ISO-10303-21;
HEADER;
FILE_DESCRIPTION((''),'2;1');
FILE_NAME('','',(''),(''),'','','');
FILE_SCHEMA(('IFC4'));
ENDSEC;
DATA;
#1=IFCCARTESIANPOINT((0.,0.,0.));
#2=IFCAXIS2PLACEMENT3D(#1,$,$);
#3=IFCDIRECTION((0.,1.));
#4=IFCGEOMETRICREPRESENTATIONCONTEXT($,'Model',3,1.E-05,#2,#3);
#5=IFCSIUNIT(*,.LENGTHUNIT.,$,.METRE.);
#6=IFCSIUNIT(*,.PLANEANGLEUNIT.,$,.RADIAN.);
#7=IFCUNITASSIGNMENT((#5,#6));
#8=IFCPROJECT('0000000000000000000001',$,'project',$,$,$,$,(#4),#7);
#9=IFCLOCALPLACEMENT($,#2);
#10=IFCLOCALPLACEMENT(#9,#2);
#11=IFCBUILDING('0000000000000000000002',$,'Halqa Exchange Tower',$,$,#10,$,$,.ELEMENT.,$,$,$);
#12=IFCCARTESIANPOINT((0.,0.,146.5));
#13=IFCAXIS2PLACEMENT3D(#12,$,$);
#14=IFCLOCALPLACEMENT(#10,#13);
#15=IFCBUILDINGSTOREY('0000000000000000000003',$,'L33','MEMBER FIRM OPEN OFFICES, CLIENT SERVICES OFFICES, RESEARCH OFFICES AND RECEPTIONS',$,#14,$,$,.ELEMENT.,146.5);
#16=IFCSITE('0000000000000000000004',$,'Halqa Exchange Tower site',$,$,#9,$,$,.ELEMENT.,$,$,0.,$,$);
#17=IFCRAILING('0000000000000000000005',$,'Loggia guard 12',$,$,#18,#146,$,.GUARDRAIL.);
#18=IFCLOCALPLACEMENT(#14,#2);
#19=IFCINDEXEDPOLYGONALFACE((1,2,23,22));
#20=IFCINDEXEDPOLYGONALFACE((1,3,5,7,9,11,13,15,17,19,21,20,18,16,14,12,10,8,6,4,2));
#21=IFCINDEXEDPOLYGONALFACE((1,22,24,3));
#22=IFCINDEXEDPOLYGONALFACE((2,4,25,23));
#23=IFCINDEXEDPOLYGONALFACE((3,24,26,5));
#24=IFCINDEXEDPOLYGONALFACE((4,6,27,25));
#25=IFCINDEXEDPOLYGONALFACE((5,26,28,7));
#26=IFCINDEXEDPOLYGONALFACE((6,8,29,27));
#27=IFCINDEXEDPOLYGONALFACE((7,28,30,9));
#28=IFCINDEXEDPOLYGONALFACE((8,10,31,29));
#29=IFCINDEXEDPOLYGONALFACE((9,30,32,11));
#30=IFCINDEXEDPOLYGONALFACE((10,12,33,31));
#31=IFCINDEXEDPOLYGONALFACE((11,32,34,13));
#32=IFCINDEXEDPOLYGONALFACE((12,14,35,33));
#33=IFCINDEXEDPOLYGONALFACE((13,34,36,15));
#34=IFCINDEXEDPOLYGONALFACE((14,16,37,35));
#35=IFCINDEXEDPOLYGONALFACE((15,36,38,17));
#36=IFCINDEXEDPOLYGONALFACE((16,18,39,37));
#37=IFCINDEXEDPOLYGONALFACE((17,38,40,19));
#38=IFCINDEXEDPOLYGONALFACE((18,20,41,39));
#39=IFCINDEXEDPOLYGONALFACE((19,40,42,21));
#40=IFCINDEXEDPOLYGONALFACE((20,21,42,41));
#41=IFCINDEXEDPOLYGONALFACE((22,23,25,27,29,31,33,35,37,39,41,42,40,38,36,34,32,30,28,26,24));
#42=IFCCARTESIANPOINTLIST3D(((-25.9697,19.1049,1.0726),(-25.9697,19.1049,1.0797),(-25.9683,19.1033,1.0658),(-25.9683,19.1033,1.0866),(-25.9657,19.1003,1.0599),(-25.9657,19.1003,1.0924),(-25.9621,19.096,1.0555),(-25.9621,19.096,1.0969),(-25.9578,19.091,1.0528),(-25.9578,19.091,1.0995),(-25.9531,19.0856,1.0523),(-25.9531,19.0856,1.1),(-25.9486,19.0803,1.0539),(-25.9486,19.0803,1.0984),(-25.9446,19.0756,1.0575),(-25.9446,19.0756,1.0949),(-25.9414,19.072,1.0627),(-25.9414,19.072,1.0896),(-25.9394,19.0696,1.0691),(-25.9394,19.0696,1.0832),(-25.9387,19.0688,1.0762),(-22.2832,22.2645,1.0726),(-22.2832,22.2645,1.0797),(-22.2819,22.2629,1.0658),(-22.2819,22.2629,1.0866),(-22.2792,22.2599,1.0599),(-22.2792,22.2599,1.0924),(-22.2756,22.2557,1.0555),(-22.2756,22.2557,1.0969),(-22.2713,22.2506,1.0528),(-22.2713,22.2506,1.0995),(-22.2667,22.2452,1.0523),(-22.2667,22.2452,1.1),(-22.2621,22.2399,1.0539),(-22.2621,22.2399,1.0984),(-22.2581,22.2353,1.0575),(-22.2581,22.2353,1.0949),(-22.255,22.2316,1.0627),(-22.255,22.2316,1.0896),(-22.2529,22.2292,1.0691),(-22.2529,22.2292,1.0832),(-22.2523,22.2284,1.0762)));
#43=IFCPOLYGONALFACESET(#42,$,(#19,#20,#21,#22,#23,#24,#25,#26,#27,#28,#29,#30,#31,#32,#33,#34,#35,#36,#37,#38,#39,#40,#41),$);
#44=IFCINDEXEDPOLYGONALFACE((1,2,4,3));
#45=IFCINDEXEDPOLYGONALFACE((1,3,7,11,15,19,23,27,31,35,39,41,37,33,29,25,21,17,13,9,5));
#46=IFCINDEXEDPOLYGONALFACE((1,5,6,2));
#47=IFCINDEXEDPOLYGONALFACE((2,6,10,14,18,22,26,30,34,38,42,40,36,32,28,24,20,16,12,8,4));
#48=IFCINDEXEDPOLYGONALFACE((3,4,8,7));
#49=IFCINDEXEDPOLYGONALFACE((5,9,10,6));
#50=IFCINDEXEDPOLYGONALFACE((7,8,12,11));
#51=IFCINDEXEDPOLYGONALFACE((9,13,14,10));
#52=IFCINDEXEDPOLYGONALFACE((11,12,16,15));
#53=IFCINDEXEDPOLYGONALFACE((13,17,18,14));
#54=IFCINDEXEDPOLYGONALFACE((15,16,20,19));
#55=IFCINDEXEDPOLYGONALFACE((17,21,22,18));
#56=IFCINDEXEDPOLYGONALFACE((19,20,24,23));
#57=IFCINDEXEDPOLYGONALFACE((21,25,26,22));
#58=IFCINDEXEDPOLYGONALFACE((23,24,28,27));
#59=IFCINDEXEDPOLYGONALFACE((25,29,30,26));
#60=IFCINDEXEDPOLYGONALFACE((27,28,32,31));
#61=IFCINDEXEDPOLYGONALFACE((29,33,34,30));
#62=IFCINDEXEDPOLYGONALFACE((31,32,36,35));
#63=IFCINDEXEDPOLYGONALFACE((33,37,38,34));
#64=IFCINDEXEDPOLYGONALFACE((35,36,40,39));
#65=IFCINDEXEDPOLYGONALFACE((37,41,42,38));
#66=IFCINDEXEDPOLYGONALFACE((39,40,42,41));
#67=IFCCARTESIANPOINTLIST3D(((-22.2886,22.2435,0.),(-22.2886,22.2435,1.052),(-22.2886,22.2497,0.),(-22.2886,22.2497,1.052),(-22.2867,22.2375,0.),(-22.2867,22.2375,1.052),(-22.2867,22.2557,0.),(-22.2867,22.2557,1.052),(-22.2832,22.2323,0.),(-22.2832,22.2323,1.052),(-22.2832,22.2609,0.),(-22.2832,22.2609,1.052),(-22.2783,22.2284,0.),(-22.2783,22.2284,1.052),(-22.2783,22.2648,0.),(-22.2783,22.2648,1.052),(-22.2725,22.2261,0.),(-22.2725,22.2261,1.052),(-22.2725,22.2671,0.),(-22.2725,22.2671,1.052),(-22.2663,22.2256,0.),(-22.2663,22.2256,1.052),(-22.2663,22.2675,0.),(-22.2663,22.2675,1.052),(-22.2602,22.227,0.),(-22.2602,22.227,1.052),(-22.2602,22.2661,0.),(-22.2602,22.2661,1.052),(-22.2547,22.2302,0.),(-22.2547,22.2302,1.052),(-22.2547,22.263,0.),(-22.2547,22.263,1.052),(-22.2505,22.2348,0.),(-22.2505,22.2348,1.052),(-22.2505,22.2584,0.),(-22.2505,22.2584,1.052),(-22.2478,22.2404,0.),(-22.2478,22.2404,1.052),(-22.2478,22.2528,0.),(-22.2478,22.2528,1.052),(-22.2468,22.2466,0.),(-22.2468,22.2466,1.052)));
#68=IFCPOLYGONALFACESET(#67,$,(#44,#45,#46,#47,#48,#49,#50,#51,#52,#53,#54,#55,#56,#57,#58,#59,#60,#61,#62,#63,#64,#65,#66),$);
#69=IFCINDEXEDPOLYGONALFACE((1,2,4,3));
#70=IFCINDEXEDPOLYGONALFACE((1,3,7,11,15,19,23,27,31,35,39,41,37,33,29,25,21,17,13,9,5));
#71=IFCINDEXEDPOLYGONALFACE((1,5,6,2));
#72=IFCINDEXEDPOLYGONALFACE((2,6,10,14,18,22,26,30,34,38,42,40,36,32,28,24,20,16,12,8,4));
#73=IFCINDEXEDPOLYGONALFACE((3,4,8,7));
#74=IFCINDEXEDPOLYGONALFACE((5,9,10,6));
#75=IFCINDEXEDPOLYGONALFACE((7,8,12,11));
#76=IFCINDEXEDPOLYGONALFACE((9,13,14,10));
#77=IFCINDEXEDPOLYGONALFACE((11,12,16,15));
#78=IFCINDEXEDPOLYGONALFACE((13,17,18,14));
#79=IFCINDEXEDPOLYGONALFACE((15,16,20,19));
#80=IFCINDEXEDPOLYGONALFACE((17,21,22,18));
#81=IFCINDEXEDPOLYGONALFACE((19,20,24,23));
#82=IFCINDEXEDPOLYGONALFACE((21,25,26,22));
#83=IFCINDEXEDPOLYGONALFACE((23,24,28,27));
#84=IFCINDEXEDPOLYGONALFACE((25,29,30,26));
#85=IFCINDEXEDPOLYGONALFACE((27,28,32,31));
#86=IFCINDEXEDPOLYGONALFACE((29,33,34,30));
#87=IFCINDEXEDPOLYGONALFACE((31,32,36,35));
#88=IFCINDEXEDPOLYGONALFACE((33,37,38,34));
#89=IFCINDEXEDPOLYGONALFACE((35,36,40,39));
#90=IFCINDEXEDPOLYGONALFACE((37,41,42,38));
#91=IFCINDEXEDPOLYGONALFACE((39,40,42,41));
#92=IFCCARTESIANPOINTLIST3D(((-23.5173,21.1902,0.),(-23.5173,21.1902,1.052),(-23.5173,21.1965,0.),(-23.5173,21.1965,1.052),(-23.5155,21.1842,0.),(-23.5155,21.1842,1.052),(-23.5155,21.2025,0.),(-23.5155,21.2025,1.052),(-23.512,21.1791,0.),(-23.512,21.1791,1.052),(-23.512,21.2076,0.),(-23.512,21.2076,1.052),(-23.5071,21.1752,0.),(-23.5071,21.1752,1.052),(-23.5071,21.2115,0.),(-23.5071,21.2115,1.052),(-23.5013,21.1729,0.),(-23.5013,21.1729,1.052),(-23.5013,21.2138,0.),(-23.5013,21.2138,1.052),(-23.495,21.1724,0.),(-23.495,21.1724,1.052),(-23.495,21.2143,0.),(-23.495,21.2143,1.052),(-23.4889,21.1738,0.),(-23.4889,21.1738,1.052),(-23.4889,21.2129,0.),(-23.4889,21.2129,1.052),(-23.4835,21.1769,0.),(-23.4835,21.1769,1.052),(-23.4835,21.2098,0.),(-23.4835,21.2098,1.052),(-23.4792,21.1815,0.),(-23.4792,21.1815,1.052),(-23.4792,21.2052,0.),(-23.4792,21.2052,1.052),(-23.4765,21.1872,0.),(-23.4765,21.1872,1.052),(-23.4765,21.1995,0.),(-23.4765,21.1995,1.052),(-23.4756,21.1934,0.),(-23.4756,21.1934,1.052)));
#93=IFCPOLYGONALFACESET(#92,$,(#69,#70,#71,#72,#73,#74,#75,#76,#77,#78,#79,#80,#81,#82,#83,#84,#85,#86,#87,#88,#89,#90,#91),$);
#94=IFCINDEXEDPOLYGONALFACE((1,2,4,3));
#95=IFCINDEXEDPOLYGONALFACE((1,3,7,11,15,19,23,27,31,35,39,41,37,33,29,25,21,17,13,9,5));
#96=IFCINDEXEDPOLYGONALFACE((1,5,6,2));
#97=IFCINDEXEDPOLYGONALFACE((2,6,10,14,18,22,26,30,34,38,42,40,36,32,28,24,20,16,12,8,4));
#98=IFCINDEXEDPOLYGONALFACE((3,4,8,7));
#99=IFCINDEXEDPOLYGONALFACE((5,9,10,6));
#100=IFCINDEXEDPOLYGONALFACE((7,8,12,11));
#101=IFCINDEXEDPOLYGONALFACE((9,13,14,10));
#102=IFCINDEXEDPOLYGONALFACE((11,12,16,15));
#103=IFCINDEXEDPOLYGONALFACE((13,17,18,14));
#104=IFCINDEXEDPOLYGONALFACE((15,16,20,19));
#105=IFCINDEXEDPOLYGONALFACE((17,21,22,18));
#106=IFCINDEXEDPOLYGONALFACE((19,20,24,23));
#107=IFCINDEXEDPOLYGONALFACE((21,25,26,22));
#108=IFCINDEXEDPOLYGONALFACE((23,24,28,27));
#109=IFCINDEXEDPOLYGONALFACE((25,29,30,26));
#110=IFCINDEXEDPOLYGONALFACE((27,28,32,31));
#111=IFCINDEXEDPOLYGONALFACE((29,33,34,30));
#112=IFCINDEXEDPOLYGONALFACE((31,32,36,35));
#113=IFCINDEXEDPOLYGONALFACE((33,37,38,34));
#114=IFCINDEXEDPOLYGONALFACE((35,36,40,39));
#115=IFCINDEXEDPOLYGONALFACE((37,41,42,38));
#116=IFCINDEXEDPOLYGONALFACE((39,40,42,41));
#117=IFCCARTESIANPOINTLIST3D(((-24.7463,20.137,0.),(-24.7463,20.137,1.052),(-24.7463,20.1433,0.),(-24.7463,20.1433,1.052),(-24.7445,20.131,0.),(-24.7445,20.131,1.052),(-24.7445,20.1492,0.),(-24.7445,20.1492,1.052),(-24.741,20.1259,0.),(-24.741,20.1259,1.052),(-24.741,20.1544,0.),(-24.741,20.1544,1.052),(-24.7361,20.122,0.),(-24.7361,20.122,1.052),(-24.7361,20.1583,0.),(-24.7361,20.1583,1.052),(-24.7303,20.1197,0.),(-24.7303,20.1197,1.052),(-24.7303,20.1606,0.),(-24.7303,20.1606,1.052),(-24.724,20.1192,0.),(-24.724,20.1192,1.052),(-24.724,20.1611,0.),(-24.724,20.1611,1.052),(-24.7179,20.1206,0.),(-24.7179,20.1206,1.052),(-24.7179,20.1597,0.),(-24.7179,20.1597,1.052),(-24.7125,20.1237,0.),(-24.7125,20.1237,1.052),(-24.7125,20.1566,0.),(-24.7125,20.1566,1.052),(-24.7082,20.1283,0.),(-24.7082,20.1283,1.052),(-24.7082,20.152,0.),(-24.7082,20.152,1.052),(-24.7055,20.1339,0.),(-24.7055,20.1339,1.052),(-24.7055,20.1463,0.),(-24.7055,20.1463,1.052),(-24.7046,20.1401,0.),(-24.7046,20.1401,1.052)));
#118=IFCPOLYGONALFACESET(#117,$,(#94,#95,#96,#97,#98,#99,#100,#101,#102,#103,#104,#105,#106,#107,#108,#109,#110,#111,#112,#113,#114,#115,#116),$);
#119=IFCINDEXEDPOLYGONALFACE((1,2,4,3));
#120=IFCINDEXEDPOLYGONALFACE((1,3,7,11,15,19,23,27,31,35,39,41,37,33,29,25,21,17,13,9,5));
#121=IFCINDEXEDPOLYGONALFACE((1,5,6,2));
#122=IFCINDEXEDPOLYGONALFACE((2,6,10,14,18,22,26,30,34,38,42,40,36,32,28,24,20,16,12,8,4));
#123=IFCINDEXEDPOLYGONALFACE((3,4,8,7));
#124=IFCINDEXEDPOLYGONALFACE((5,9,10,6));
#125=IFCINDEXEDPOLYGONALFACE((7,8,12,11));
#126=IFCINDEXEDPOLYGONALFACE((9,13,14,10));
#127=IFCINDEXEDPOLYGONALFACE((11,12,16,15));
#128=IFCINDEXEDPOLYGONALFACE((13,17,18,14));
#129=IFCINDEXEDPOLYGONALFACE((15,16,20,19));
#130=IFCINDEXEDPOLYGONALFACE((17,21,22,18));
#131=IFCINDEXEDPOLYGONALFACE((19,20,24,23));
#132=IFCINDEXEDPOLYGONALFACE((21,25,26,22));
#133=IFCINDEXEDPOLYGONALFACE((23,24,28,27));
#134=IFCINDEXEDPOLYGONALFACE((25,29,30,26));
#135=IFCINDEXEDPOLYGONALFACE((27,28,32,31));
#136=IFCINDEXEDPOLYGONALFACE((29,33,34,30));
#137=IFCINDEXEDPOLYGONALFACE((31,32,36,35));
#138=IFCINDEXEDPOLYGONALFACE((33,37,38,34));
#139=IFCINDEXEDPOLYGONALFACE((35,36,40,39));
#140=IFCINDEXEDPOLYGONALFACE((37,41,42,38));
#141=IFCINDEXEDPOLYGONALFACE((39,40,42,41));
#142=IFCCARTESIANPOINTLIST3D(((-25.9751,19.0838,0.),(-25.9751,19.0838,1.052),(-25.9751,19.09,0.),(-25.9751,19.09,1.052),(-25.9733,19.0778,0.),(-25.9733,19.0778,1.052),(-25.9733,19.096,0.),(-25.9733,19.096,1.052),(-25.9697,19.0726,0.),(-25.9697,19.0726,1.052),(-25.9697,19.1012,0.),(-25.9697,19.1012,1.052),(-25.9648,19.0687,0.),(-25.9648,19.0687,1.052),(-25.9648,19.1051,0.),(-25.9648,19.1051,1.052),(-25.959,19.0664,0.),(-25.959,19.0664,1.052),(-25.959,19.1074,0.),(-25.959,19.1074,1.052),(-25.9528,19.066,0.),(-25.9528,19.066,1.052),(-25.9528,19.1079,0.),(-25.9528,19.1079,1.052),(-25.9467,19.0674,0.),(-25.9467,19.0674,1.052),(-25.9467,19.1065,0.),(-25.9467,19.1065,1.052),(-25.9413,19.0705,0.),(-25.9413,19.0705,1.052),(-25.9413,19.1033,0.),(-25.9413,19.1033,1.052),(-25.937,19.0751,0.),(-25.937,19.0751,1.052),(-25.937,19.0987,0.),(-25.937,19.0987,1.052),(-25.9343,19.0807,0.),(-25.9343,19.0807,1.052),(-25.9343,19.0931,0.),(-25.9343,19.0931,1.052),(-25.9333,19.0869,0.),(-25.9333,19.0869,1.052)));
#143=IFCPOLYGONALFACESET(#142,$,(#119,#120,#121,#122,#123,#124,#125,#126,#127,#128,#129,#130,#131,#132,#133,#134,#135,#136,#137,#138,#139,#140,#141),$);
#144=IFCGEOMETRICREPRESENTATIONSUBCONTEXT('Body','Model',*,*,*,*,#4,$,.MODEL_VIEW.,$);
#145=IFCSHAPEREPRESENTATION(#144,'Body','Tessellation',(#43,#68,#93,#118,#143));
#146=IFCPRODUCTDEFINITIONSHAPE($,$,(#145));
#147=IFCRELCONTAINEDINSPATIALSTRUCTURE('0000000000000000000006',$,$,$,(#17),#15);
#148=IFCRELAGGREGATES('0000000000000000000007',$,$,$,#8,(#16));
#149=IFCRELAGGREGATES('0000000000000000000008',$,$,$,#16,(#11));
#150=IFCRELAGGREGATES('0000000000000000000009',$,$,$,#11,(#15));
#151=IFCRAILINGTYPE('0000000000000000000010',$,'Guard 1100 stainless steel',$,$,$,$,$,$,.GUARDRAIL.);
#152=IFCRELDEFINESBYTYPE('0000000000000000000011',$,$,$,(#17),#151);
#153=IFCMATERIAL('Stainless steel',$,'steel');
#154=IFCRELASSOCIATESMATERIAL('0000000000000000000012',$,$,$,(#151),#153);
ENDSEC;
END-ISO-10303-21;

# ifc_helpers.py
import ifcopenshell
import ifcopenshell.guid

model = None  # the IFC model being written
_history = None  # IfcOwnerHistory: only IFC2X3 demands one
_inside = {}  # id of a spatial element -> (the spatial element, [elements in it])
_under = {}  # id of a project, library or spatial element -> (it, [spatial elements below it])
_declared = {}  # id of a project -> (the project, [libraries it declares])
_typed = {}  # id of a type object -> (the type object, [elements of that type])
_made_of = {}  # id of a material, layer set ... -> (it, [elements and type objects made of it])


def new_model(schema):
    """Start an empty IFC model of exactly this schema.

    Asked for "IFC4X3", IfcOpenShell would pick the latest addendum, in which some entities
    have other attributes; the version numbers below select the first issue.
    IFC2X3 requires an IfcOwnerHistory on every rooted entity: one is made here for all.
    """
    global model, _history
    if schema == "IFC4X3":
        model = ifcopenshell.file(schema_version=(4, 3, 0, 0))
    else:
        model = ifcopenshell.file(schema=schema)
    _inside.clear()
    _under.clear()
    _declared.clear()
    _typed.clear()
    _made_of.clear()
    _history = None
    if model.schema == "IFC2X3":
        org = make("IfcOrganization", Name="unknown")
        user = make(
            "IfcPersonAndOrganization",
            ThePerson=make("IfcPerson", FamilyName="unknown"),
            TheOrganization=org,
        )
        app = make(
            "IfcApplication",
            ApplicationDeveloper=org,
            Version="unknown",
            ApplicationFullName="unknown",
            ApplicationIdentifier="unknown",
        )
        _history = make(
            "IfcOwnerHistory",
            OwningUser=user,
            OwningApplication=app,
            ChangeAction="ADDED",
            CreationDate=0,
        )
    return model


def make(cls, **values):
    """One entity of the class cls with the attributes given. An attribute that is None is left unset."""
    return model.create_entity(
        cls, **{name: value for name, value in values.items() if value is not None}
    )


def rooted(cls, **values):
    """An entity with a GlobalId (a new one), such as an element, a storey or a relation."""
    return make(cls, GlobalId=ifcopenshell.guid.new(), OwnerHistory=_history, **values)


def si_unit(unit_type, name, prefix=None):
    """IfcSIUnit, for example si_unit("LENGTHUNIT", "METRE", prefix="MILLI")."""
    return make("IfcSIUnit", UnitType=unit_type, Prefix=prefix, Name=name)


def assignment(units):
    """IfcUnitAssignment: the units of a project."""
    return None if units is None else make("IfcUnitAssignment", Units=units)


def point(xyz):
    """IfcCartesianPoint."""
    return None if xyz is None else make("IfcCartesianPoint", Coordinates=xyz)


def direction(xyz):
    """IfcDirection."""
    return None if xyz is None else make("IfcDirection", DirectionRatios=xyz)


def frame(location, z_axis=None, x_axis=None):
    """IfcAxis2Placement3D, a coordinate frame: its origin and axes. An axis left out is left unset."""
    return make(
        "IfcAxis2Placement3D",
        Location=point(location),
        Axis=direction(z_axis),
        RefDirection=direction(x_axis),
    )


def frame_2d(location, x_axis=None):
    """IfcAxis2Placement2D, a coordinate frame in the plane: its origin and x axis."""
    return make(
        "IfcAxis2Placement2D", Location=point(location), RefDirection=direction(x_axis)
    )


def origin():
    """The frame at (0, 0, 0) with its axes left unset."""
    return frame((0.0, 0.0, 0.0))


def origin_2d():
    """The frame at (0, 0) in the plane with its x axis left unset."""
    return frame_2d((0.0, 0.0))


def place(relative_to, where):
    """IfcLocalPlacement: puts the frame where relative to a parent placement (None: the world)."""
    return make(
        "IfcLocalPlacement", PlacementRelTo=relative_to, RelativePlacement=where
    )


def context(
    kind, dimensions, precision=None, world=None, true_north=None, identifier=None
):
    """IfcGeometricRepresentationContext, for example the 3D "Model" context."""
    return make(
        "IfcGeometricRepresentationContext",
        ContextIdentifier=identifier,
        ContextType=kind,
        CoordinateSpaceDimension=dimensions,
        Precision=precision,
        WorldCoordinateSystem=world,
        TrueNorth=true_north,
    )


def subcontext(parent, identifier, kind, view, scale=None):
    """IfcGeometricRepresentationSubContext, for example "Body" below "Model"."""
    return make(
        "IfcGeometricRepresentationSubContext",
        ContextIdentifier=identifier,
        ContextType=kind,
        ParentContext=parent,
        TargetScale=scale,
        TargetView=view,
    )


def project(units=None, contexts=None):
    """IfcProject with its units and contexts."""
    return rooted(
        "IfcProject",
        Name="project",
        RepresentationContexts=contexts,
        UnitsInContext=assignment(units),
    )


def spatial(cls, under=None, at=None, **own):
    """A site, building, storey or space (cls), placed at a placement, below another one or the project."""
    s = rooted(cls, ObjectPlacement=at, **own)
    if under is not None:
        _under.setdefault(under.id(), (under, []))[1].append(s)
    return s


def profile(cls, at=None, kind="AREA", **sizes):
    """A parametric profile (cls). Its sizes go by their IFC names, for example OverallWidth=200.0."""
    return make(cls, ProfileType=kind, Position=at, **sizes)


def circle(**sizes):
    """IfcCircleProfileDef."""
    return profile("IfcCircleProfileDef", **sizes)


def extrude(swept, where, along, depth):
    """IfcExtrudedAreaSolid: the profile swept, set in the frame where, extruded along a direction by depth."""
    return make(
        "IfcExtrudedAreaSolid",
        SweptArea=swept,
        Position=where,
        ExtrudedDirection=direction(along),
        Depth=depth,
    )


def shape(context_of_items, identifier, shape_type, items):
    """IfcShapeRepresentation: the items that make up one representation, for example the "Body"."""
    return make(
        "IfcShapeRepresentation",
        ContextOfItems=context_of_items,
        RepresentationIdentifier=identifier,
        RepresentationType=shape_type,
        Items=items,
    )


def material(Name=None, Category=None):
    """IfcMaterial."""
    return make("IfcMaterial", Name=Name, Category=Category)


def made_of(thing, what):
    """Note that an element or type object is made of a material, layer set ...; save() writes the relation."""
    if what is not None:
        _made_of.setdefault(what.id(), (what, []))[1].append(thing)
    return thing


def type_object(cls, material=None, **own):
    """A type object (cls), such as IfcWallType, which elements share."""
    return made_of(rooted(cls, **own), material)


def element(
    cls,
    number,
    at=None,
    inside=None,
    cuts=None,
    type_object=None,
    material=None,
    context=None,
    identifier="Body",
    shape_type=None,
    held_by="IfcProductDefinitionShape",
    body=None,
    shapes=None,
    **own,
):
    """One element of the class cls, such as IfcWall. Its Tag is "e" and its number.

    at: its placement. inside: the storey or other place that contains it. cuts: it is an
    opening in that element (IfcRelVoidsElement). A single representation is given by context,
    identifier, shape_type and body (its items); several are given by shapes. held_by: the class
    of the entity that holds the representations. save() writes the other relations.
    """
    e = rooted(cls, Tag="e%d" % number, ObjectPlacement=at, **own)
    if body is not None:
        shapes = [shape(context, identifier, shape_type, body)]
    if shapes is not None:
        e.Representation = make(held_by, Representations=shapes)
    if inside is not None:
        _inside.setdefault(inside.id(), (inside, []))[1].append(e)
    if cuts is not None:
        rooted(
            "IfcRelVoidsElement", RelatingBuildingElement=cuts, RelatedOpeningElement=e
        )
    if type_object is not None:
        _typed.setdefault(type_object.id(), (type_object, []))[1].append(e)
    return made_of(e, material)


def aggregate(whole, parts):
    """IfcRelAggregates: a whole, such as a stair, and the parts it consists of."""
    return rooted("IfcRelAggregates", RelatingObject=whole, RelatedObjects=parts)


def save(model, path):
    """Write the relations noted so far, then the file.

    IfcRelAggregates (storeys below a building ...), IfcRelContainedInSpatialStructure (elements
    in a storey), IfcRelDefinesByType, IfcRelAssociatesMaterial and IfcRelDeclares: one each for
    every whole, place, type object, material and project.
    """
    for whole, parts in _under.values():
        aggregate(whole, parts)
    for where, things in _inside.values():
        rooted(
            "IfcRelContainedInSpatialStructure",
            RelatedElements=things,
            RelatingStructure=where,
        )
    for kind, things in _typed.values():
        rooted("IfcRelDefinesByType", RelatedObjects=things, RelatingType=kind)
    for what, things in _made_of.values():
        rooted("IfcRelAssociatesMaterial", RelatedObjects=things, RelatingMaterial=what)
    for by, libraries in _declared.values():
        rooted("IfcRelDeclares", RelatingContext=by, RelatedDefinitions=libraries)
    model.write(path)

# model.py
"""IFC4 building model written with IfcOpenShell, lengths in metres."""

from ifc_helpers import new_model, si_unit, direction, frame, origin, origin_2d, place, context, subcontext, project, spatial, circle, extrude, material, type_object, element, save


model = new_model("IFC4")

# Units and contexts
model_context = context("Model", 3, precision=1e-05, world=origin(), true_north=direction((0.0, 1.0)))
body_context = subcontext(model_context, "Body", "Model", "MODEL_VIEW")
ifc_project = project(units=[si_unit("LENGTHUNIT", "METRE"), si_unit("PLANEANGLEUNIT", "RADIAN")], contexts=[model_context])

# Site, building, storey
site_placement = place(None, origin())
site = spatial("IfcSite", under=ifc_project, at=site_placement, Name="Halqa Exchange Tower site", CompositionType="ELEMENT", RefElevation=0.0)
building_placement = place(site_placement, origin())
building = spatial("IfcBuilding", under=site, at=building_placement, Name="Halqa Exchange Tower", CompositionType="ELEMENT")
storey_placement = place(building_placement, frame((0.0, 0.0, 146.5)))
storey = spatial("IfcBuildingStorey", under=building, at=storey_placement, Name="L33", Description="MEMBER FIRM OPEN OFFICES, CLIENT SERVICES OFFICES, RESEARCH OFFICES AND RECEPTIONS", CompositionType="ELEMENT", Elevation=146.5)

# Railing
ifc_material_1 = material(Name="Stainless steel", Category="steel")
railing_type = type_object("IfcRailingType", Name="Guard 1100 stainless steel", PredefinedType="GUARDRAIL", material=ifc_material_1)
railing_1_placement = place(storey_placement, frame((-22.2678, 22.2466, 0.0)))
element("IfcRailing", 1, at=railing_1_placement, inside=storey, type_object=railing_type, Name="Loggia guard 12", PredefinedType="GUARDRAIL", context=body_context, shape_type="SweptSolid", body=[
    extrude(circle(Radius=0.0239, at=origin_2d()), frame((0.0, 0.0, 1.0762), z_axis=(-0.759278, -0.650767, 0.0), x_axis=(0.650767, -0.759278, 0.0)), (0.0, 0.0, 1.0), 4.8552),
    extrude(circle(Radius=0.021, at=origin_2d()), origin(), (0.0, 0.0, 1.0), 1.052),
    extrude(circle(Radius=0.021, at=origin_2d()), frame((-1.2288, -1.0532, 0.0)), (0.0, 0.0, 1.0), 1.052),
    extrude(circle(Radius=0.021, at=origin_2d()), frame((-2.4578, -2.1064, 0.0)), (0.0, 0.0, 1.0), 1.052),
    extrude(circle(Radius=0.021, at=origin_2d()), frame((-3.6865, -3.1597, 0.0)), (0.0, 0.0, 1.0), 1.052),
])

save(model, "model.ifc")
